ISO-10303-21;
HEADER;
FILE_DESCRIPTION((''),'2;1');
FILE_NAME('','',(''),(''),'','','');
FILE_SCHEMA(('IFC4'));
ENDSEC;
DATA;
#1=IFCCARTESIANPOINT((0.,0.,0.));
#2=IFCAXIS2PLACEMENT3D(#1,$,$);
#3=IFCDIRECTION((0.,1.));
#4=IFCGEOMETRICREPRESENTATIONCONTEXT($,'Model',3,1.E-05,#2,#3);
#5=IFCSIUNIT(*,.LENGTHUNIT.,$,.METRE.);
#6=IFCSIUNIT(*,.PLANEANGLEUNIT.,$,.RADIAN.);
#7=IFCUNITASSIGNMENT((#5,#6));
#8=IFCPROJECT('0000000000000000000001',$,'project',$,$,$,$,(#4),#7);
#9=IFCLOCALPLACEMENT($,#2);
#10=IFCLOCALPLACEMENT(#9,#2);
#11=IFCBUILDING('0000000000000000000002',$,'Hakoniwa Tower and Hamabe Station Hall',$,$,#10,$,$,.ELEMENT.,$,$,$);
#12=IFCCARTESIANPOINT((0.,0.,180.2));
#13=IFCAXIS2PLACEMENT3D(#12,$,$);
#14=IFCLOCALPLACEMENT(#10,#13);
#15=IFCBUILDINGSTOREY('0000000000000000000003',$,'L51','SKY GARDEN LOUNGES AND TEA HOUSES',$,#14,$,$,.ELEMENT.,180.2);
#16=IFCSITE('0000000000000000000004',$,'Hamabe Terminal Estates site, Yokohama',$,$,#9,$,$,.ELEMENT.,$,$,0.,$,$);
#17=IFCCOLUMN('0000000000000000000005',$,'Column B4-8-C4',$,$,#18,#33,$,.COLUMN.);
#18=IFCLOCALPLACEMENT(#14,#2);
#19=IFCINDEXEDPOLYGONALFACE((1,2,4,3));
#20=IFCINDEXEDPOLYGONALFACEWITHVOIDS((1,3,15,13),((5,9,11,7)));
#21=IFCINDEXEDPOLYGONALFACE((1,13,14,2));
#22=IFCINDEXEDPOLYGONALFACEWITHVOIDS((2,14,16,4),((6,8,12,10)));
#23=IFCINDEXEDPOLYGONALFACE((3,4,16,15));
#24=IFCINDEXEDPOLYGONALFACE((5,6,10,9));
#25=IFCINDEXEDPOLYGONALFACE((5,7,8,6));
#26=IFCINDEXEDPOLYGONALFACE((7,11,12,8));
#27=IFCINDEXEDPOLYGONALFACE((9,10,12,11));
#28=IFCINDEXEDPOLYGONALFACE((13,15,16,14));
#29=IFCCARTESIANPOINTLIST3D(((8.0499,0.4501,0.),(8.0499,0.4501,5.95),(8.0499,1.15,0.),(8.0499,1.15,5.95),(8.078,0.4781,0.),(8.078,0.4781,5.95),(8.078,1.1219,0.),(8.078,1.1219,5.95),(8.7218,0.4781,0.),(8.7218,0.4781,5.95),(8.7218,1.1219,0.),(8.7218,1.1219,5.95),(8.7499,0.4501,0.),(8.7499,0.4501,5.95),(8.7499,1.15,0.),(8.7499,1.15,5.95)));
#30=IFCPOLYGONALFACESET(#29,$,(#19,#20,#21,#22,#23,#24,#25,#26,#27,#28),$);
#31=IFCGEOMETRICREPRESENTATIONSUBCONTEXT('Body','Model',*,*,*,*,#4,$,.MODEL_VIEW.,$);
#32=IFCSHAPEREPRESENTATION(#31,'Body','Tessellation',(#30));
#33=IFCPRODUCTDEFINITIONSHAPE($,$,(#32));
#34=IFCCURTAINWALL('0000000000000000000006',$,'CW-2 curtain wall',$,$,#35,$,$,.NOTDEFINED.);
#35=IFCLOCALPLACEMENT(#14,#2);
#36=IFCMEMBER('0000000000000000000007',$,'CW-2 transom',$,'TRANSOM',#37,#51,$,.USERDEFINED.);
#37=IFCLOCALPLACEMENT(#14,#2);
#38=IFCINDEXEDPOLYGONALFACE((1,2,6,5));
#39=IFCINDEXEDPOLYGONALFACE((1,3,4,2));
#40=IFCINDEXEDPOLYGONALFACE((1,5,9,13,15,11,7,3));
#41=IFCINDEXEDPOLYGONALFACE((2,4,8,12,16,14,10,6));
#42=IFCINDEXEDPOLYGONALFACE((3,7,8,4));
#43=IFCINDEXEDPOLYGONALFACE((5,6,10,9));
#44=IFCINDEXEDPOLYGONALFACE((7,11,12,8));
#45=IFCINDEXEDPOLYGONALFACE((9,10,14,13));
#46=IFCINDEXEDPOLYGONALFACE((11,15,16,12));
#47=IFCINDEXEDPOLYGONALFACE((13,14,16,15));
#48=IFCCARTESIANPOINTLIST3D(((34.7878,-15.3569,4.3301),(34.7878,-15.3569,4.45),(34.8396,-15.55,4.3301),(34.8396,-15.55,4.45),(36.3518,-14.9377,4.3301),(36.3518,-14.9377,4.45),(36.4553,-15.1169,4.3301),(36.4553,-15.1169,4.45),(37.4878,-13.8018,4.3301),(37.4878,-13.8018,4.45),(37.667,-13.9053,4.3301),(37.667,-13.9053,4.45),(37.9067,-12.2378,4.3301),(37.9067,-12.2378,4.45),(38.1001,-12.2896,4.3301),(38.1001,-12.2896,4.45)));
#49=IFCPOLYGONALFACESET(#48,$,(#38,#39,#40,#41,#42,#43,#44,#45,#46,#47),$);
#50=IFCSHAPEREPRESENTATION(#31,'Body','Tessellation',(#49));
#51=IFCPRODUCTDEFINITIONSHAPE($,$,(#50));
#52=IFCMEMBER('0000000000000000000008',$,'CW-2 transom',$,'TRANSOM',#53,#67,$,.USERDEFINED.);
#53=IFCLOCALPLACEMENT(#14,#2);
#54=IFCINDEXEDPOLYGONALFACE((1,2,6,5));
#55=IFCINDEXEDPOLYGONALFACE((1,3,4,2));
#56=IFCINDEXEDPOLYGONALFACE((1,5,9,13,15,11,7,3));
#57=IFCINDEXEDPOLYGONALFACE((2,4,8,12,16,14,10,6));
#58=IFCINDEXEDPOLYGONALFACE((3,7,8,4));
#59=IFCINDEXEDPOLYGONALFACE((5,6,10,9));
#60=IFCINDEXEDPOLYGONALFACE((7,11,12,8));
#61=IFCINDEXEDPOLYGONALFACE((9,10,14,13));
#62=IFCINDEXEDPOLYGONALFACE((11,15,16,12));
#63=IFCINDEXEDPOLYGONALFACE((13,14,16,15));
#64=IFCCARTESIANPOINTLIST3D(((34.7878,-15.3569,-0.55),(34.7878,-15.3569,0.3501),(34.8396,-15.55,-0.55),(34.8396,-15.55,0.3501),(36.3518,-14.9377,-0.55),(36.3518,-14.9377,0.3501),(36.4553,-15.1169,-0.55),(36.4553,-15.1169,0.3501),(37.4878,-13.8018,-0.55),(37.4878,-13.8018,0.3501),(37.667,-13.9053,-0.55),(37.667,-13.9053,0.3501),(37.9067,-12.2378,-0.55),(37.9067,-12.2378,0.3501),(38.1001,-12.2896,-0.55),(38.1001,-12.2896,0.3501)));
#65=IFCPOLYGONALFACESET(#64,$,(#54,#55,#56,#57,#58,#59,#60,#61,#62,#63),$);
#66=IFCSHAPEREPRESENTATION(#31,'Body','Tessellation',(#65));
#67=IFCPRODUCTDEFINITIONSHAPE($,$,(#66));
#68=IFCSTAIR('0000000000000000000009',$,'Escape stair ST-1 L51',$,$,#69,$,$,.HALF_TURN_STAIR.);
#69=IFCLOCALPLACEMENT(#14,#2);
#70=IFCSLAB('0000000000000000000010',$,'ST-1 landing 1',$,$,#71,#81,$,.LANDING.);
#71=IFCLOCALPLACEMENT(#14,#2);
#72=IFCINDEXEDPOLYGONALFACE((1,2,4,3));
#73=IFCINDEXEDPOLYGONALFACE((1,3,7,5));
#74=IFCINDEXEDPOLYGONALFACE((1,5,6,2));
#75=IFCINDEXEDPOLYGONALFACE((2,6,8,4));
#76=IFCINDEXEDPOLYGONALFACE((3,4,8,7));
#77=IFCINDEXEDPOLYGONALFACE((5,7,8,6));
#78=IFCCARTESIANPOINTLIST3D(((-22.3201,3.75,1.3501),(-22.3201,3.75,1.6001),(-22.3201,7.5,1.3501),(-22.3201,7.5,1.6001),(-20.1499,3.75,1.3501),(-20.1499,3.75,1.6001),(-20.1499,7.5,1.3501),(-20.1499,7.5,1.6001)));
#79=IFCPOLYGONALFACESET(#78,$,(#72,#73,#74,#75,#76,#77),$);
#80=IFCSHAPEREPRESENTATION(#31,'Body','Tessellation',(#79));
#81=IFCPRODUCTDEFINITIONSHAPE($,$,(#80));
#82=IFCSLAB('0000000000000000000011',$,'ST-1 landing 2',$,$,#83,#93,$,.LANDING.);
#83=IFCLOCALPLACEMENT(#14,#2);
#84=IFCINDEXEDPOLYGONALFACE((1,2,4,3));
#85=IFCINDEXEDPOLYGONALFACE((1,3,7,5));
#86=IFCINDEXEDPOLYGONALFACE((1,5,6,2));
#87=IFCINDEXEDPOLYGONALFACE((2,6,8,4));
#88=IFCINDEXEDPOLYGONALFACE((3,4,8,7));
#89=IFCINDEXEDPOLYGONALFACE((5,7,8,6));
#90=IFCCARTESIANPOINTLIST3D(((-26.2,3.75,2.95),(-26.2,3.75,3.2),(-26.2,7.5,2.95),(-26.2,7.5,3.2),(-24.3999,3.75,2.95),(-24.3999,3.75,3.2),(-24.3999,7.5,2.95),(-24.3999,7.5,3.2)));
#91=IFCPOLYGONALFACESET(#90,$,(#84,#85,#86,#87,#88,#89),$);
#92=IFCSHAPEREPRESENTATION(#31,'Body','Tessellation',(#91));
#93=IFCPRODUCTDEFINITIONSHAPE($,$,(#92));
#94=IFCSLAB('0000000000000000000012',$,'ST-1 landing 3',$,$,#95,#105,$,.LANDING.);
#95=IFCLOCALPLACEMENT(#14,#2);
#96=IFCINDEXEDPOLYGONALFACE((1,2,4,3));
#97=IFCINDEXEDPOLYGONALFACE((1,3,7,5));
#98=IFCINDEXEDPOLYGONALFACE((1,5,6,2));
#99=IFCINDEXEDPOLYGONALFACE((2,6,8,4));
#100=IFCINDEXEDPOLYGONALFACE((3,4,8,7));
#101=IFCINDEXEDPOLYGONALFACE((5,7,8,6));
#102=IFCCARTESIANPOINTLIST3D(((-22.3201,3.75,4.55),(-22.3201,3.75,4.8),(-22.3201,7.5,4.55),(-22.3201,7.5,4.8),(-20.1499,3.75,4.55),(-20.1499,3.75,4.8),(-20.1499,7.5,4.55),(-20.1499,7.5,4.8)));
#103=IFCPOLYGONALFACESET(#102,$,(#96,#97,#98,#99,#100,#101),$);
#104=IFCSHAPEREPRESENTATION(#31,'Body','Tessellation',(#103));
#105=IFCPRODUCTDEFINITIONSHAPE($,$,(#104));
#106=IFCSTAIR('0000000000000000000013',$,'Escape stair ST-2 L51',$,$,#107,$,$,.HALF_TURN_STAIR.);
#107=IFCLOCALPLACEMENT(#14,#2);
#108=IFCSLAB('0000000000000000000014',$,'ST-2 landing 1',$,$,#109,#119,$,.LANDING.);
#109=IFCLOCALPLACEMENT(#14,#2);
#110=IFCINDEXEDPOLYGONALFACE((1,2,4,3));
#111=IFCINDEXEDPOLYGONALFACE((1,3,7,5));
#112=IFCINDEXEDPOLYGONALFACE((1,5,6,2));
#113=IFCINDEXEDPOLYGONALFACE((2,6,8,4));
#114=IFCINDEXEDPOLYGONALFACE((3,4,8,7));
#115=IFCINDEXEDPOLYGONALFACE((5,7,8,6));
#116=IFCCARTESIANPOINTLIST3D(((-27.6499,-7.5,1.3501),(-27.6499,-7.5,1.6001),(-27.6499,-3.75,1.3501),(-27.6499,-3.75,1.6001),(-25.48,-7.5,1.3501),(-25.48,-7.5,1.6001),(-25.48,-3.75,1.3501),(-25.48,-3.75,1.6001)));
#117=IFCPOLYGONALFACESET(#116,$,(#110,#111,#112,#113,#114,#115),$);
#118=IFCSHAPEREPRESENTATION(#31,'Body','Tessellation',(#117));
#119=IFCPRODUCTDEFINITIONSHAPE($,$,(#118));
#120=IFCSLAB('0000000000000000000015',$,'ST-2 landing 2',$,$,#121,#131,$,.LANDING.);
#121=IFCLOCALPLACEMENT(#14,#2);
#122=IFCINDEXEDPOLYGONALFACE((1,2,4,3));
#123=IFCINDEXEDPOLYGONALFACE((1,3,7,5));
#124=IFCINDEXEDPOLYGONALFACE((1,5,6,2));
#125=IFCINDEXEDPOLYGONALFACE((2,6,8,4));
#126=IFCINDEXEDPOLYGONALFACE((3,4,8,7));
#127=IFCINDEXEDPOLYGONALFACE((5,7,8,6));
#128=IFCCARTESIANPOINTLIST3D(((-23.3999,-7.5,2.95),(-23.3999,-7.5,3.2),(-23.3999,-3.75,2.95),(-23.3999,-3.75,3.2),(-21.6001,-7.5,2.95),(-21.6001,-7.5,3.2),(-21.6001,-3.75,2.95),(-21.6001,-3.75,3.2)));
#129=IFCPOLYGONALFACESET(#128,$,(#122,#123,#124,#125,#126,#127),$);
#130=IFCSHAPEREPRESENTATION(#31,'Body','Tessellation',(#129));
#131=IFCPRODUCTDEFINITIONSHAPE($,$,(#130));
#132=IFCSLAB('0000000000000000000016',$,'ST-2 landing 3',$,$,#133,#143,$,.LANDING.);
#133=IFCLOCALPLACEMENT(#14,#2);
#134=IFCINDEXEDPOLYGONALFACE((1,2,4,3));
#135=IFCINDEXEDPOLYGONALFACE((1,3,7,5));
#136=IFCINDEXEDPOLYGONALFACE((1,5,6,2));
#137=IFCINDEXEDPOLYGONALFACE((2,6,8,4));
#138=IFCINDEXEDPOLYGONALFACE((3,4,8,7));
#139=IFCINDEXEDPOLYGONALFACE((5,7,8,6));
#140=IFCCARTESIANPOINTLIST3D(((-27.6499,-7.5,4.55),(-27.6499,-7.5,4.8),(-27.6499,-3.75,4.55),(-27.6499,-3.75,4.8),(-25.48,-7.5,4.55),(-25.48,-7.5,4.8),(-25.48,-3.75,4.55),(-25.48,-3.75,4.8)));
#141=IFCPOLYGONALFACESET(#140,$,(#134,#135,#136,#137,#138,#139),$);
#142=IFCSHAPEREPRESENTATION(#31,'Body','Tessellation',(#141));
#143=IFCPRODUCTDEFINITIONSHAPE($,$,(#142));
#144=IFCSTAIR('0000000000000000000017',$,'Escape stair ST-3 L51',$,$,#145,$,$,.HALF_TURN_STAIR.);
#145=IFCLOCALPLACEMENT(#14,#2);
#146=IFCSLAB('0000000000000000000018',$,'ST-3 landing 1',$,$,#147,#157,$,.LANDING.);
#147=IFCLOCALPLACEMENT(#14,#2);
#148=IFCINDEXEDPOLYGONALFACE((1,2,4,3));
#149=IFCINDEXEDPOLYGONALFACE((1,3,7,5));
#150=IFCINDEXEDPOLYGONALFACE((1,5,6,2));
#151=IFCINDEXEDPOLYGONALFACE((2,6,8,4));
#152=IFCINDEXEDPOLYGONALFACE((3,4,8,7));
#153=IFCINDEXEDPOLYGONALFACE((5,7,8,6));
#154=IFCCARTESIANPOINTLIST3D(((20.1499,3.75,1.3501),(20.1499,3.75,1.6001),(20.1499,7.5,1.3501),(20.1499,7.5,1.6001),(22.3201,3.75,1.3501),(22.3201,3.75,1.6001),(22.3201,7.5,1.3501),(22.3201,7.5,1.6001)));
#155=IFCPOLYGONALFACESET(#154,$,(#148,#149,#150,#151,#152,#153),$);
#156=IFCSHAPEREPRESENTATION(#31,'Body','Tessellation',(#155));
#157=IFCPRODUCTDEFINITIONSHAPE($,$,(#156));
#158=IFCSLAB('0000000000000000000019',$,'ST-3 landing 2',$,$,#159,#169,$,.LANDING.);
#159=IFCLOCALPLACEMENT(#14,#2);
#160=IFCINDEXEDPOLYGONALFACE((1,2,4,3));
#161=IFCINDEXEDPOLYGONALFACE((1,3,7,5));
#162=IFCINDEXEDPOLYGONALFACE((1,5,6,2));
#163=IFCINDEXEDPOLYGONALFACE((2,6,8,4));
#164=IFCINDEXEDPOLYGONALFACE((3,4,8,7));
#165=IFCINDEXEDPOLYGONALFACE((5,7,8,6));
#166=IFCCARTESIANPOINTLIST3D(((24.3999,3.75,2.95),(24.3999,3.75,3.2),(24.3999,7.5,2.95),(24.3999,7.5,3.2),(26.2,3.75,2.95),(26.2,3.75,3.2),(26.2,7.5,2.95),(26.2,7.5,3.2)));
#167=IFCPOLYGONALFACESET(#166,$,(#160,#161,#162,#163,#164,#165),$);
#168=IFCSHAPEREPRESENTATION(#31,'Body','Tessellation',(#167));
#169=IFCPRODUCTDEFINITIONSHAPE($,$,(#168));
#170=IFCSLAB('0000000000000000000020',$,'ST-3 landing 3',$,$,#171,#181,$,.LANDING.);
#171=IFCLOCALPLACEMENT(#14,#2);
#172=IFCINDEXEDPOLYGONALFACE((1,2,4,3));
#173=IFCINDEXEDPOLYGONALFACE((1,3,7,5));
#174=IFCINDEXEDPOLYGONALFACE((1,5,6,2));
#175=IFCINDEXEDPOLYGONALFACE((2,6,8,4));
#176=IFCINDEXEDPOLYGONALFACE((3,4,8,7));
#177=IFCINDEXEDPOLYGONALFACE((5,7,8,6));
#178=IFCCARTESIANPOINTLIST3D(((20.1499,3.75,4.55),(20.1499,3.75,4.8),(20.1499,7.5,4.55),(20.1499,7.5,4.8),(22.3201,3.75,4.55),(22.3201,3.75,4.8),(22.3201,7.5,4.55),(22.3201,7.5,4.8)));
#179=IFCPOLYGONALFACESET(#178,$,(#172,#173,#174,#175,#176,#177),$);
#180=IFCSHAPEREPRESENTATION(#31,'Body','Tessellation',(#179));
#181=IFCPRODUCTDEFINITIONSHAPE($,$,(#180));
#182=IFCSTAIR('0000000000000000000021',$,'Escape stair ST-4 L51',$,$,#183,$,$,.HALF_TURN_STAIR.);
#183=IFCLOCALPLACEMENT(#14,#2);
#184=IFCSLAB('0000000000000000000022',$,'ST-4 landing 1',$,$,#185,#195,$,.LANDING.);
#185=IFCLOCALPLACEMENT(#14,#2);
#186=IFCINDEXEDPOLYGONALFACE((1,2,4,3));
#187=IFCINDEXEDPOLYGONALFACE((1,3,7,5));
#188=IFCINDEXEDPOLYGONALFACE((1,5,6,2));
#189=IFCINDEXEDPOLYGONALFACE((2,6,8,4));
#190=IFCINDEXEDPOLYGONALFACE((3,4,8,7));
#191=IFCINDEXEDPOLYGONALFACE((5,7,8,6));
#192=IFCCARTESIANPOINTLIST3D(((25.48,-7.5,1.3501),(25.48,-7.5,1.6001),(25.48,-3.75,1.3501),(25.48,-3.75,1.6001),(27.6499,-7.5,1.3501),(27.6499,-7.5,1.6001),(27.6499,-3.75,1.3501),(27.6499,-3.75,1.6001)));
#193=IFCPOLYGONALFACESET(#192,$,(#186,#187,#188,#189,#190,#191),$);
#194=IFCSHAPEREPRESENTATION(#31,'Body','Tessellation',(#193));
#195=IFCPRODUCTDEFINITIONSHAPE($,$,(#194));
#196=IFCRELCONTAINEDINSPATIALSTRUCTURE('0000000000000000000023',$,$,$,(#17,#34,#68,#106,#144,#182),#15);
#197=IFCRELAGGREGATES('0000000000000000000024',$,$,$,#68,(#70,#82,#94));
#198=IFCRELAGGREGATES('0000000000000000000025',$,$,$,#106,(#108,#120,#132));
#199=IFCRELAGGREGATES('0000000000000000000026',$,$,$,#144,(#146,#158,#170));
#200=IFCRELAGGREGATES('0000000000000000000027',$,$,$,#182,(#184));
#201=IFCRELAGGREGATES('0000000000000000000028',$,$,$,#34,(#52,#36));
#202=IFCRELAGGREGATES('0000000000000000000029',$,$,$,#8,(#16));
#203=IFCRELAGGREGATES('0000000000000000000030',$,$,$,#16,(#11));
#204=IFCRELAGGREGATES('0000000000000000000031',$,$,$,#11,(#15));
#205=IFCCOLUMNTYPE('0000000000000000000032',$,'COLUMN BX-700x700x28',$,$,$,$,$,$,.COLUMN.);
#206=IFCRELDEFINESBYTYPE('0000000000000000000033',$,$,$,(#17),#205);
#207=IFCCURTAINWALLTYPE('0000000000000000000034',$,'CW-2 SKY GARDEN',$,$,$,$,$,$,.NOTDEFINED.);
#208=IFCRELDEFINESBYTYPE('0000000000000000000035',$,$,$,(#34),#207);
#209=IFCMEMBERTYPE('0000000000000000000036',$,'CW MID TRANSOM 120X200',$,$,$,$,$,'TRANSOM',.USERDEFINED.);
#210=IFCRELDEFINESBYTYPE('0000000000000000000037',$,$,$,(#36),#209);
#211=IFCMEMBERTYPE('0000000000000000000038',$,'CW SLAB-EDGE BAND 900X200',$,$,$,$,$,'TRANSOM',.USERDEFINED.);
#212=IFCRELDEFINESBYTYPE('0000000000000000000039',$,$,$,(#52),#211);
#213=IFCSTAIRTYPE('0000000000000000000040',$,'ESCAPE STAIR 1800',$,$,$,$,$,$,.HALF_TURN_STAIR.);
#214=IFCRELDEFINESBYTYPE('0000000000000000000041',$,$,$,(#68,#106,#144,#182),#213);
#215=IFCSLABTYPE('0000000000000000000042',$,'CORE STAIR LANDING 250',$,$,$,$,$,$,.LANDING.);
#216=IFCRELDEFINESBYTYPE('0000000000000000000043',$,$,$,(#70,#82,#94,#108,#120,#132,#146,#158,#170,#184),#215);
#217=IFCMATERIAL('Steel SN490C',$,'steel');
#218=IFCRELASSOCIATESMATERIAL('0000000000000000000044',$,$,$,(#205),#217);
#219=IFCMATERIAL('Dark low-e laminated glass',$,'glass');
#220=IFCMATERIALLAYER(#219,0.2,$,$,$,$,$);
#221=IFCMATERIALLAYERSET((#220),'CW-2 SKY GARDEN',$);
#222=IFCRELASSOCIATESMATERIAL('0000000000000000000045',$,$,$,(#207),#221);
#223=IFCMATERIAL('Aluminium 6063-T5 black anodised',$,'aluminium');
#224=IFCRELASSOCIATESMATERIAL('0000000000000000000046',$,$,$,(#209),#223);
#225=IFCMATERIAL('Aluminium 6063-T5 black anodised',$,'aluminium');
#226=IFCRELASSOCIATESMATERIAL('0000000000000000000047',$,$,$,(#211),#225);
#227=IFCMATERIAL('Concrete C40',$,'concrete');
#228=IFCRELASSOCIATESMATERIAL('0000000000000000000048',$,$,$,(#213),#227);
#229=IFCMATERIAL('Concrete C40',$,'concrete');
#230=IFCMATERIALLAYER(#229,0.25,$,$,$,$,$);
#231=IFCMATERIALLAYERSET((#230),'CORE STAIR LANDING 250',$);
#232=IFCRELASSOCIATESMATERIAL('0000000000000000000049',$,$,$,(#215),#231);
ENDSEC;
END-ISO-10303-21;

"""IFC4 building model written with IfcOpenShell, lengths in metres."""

from ifc_helpers import new_model, si_unit, direction, frame, origin, origin_2d, place, context, subcontext, project, spatial, polyline, rectangle, hollow_rectangle, outline, extrude, material, layer, layer_set, material_profile, profile_set, type_object, element, aggregate, save


model = new_model("IFC4")

# Units and contexts
model_context = context("Model", 3, precision=1e-05, world=origin(), true_north=direction((0.0, 1.0)))
body_context = subcontext(model_context, "Body", "Model", "MODEL_VIEW")
ifc_project = project(units=[si_unit("LENGTHUNIT", "METRE"), si_unit("PLANEANGLEUNIT", "RADIAN")], contexts=[model_context])

# Site, building, storey
site_placement = place(None, origin())
site = spatial("IfcSite", under=ifc_project, at=site_placement, Name="Hamabe Terminal Estates site, Yokohama", CompositionType="ELEMENT", RefElevation=0.0)
building_placement = place(site_placement, origin())
building = spatial("IfcBuilding", under=site, at=building_placement, Name="Hakoniwa Tower and Hamabe Station Hall", CompositionType="ELEMENT")
storey_placement = place(building_placement, frame((0.0, 0.0, 180.2)))
storey = spatial("IfcBuildingStorey", under=building, at=storey_placement, Name="L51", Description="SKY GARDEN LOUNGES AND TEA HOUSES", CompositionType="ELEMENT", Elevation=180.2)

# Column
ifc_material_1 = material(Name="Steel SN490C", Category="steel")
ifc_material_profile_1 = material_profile(ifc_material_1, hollow_rectangle(XDim=0.7, YDim=0.7, WallThickness=0.0281, at=origin_2d()), Name="BX-700x700x28")
ifc_profile_set_1 = profile_set([ifc_material_profile_1], Name="Steel SN490C")
column_type = type_object("IfcColumnType", Name="COLUMN BX-700x700x28", PredefinedType="COLUMN", material=ifc_profile_set_1)
column_placement = place(storey_placement, frame((8.3999, 0.8, 0.0), z_axis=(0.0, 0.0, 1.0), x_axis=(1.0, 0.0, 0.0)))
element("IfcColumn", 1, at=column_placement, inside=storey, type_object=column_type, Name="Column B4-8-C4", PredefinedType="COLUMN", context=body_context, shape_type="SweptSolid", body=[
    extrude(hollow_rectangle(XDim=0.7, YDim=0.7, WallThickness=0.0281, at=origin_2d()), origin(), (0.0, 0.0, 1.0), 5.95),
])

# Curtain wall, members
ifc_material_2 = material(Name="Dark low-e laminated glass", Category="glass")
ifc_layer_1 = layer(ifc_material_2, 0.2)
ifc_layer_set_1 = layer_set([ifc_layer_1], Name="CW-2 SKY GARDEN")
curtain_wall_type = type_object("IfcCurtainWallType", Name="CW-2 SKY GARDEN", PredefinedType="NOTDEFINED", material=ifc_layer_set_1)
curtain_wall_1_placement = place(storey_placement, origin())
curtain_wall_1 = element("IfcCurtainWall", 2, at=curtain_wall_1_placement, inside=storey, type_object=curtain_wall_type, Name="CW-2 curtain wall", PredefinedType="NOTDEFINED")
ifc_material_3 = material(Name="Aluminium 6063-T5 black anodised", Category="aluminium")
ifc_material_profile_2 = material_profile(ifc_material_3, rectangle(XDim=0.2, YDim=0.1201, at=origin_2d()), Name="CW MID TRANSOM 120X200")
ifc_profile_set_2 = profile_set([ifc_material_profile_2], Name="Aluminium 6063-T5 black anodised")
member_type_1 = type_object("IfcMemberType", Name="CW MID TRANSOM 120X200", ElementType="TRANSOM", PredefinedType="USERDEFINED", material=ifc_profile_set_2)
member_1_placement = place(storey_placement, frame((0.0, 0.0, 4.3301)))
member_1 = element("IfcMember", 3, at=member_1_placement, type_object=member_type_1, Name="CW-2 transom", ObjectType="TRANSOM", PredefinedType="USERDEFINED", context=body_context, shape_type="SweptSolid", body=[
    extrude(outline(polyline([(34.8396, -15.55), (36.4553, -15.1169), (37.667, -13.9053), (38.1001, -12.2896), (37.9067, -12.2378), (37.4878, -13.8018), (36.3518, -14.9377), (34.7878, -15.3569), (34.8396, -15.55)])), origin(), (0.0, 0.0, 1.0), 0.1199),
])
ifc_material_4 = material(Name="Aluminium 6063-T5 black anodised", Category="aluminium")
ifc_material_profile_3 = material_profile(ifc_material_4, rectangle(XDim=0.2, YDim=0.8999, at=origin_2d()), Name="CW SLAB-EDGE BAND 900X200")
ifc_profile_set_3 = profile_set([ifc_material_profile_3], Name="Aluminium 6063-T5 black anodised")
member_type_2 = type_object("IfcMemberType", Name="CW SLAB-EDGE BAND 900X200", ElementType="TRANSOM", PredefinedType="USERDEFINED", material=ifc_profile_set_3)
member_2_placement = place(storey_placement, frame((0.0, 0.0, -0.55)))
member_2 = element("IfcMember", 4, at=member_2_placement, type_object=member_type_2, Name="CW-2 transom", ObjectType="TRANSOM", PredefinedType="USERDEFINED", context=body_context, shape_type="SweptSolid", body=[
    extrude(outline(polyline([(34.8396, -15.55), (36.4553, -15.1169), (37.667, -13.9053), (38.1001, -12.2896), (37.9067, -12.2378), (37.4878, -13.8018), (36.3518, -14.9377), (34.7878, -15.3569), (34.8396, -15.55)])), origin(), (0.0, 0.0, 1.0), 0.9001),
])

# Stairs, slabs
ifc_material_5 = material(Name="Concrete C40", Category="concrete")
stair_type = type_object("IfcStairType", Name="ESCAPE STAIR 1800", PredefinedType="HALF_TURN_STAIR", material=ifc_material_5)
stair_1_placement = place(storey_placement, origin())
stair_1 = element("IfcStair", 5, at=stair_1_placement, inside=storey, type_object=stair_type, Name="Escape stair ST-1 L51", PredefinedType="HALF_TURN_STAIR")
ifc_material_6 = material(Name="Concrete C40", Category="concrete")
ifc_layer_2 = layer(ifc_material_6, 0.25)
ifc_layer_set_2 = layer_set([ifc_layer_2], Name="CORE STAIR LANDING 250")
slab_type = type_object("IfcSlabType", Name="CORE STAIR LANDING 250", PredefinedType="LANDING", material=ifc_layer_set_2)
slab_1_placement = place(storey_placement, frame((0.0, 0.0, 1.3501)))
slab_1 = element("IfcSlab", 6, at=slab_1_placement, type_object=slab_type, Name="ST-1 landing 1", PredefinedType="LANDING", context=body_context, shape_type="SweptSolid", body=[
    extrude(outline(polyline([(-22.3201, 3.75), (-20.1499, 3.75), (-20.1499, 7.5), (-22.3201, 7.5), (-22.3201, 3.75)])), origin(), (0.0, 0.0, 1.0), 0.25),
])
slab_2_placement = place(storey_placement, frame((0.0, 0.0, 2.95)))
slab_2 = element("IfcSlab", 7, at=slab_2_placement, type_object=slab_type, Name="ST-1 landing 2", PredefinedType="LANDING", context=body_context, shape_type="SweptSolid", body=[
    extrude(outline(polyline([(-26.2, 3.75), (-24.3999, 3.75), (-24.3999, 7.5), (-26.2, 7.5), (-26.2, 3.75)])), origin(), (0.0, 0.0, 1.0), 0.25),
])
slab_3_placement = place(storey_placement, frame((0.0, 0.0, 4.55)))
slab_3 = element("IfcSlab", 8, at=slab_3_placement, type_object=slab_type, Name="ST-1 landing 3", PredefinedType="LANDING", context=body_context, shape_type="SweptSolid", body=[
    extrude(outline(polyline([(-22.3201, 3.75), (-20.1499, 3.75), (-20.1499, 7.5), (-22.3201, 7.5), (-22.3201, 3.75)])), origin(), (0.0, 0.0, 1.0), 0.25),
])
aggregate(stair_1, [slab_1, slab_2, slab_3])
stair_2_placement = place(storey_placement, origin())
stair_2 = element("IfcStair", 9, at=stair_2_placement, inside=storey, type_object=stair_type, Name="Escape stair ST-2 L51", PredefinedType="HALF_TURN_STAIR")
slab_4_placement = place(storey_placement, frame((0.0, 0.0, 1.3501)))
slab_4 = element("IfcSlab", 10, at=slab_4_placement, type_object=slab_type, Name="ST-2 landing 1", PredefinedType="LANDING", context=body_context, shape_type="SweptSolid", body=[
    extrude(outline(polyline([(-25.48, -7.5), (-27.6499, -7.5), (-27.6499, -3.75), (-25.48, -3.75), (-25.48, -7.5)])), origin(), (0.0, 0.0, 1.0), 0.25),
])
slab_5_placement = place(storey_placement, frame((0.0, 0.0, 2.95)))
slab_5 = element("IfcSlab", 11, at=slab_5_placement, type_object=slab_type, Name="ST-2 landing 2", PredefinedType="LANDING", context=body_context, shape_type="SweptSolid", body=[
    extrude(outline(polyline([(-21.6001, -7.5), (-23.3999, -7.5), (-23.3999, -3.75), (-21.6001, -3.75), (-21.6001, -7.5)])), origin(), (0.0, 0.0, 1.0), 0.25),
])
slab_6_placement = place(storey_placement, frame((0.0, 0.0, 4.55)))
slab_6 = element("IfcSlab", 12, at=slab_6_placement, type_object=slab_type, Name="ST-2 landing 3", PredefinedType="LANDING", context=body_context, shape_type="SweptSolid", body=[
    extrude(outline(polyline([(-25.48, -7.5), (-27.6499, -7.5), (-27.6499, -3.75), (-25.48, -3.75), (-25.48, -7.5)])), origin(), (0.0, 0.0, 1.0), 0.25),
])
aggregate(stair_2, [slab_4, slab_5, slab_6])
stair_3_placement = place(storey_placement, origin())
stair_3 = element("IfcStair", 13, at=stair_3_placement, inside=storey, type_object=stair_type, Name="Escape stair ST-3 L51", PredefinedType="HALF_TURN_STAIR")
slab_7_placement = place(storey_placement, frame((0.0, 0.0, 1.3501)))
slab_7 = element("IfcSlab", 14, at=slab_7_placement, type_object=slab_type, Name="ST-3 landing 1", PredefinedType="LANDING", context=body_context, shape_type="SweptSolid", body=[
    extrude(outline(polyline([(22.3201, 3.75), (20.1499, 3.75), (20.1499, 7.5), (22.3201, 7.5), (22.3201, 3.75)])), origin(), (0.0, 0.0, 1.0), 0.25),
])
slab_8_placement = place(storey_placement, frame((0.0, 0.0, 2.95)))
slab_8 = element("IfcSlab", 15, at=slab_8_placement, type_object=slab_type, Name="ST-3 landing 2", PredefinedType="LANDING", context=body_context, shape_type="SweptSolid", body=[
    extrude(outline(polyline([(26.2, 3.75), (24.3999, 3.75), (24.3999, 7.5), (26.2, 7.5), (26.2, 3.75)])), origin(), (0.0, 0.0, 1.0), 0.25),
])
slab_9_placement = place(storey_placement, frame((0.0, 0.0, 4.55)))
slab_9 = element("IfcSlab", 16, at=slab_9_placement, type_object=slab_type, Name="ST-3 landing 3", PredefinedType="LANDING", context=body_context, shape_type="SweptSolid", body=[
    extrude(outline(polyline([(22.3201, 3.75), (20.1499, 3.75), (20.1499, 7.5), (22.3201, 7.5), (22.3201, 3.75)])), origin(), (0.0, 0.0, 1.0), 0.25),
])
aggregate(stair_3, [slab_7, slab_8, slab_9])
stair_4_placement = place(storey_placement, origin())
stair_4 = element("IfcStair", 17, at=stair_4_placement, inside=storey, type_object=stair_type, Name="Escape stair ST-4 L51", PredefinedType="HALF_TURN_STAIR")
slab_10_placement = place(storey_placement, frame((0.0, 0.0, 1.3501)))
slab_10 = element("IfcSlab", 18, at=slab_10_placement, type_object=slab_type, Name="ST-4 landing 1", PredefinedType="LANDING", context=body_context, shape_type="SweptSolid", body=[
    extrude(outline(polyline([(25.48, -7.5), (27.6499, -7.5), (27.6499, -3.75), (25.48, -3.75), (25.48, -7.5)])), origin(), (0.0, 0.0, 1.0), 0.25),
])
aggregate(stair_4, [slab_10])

aggregate(curtain_wall_1, [member_2, member_1])

save(model, "model.ifc")
